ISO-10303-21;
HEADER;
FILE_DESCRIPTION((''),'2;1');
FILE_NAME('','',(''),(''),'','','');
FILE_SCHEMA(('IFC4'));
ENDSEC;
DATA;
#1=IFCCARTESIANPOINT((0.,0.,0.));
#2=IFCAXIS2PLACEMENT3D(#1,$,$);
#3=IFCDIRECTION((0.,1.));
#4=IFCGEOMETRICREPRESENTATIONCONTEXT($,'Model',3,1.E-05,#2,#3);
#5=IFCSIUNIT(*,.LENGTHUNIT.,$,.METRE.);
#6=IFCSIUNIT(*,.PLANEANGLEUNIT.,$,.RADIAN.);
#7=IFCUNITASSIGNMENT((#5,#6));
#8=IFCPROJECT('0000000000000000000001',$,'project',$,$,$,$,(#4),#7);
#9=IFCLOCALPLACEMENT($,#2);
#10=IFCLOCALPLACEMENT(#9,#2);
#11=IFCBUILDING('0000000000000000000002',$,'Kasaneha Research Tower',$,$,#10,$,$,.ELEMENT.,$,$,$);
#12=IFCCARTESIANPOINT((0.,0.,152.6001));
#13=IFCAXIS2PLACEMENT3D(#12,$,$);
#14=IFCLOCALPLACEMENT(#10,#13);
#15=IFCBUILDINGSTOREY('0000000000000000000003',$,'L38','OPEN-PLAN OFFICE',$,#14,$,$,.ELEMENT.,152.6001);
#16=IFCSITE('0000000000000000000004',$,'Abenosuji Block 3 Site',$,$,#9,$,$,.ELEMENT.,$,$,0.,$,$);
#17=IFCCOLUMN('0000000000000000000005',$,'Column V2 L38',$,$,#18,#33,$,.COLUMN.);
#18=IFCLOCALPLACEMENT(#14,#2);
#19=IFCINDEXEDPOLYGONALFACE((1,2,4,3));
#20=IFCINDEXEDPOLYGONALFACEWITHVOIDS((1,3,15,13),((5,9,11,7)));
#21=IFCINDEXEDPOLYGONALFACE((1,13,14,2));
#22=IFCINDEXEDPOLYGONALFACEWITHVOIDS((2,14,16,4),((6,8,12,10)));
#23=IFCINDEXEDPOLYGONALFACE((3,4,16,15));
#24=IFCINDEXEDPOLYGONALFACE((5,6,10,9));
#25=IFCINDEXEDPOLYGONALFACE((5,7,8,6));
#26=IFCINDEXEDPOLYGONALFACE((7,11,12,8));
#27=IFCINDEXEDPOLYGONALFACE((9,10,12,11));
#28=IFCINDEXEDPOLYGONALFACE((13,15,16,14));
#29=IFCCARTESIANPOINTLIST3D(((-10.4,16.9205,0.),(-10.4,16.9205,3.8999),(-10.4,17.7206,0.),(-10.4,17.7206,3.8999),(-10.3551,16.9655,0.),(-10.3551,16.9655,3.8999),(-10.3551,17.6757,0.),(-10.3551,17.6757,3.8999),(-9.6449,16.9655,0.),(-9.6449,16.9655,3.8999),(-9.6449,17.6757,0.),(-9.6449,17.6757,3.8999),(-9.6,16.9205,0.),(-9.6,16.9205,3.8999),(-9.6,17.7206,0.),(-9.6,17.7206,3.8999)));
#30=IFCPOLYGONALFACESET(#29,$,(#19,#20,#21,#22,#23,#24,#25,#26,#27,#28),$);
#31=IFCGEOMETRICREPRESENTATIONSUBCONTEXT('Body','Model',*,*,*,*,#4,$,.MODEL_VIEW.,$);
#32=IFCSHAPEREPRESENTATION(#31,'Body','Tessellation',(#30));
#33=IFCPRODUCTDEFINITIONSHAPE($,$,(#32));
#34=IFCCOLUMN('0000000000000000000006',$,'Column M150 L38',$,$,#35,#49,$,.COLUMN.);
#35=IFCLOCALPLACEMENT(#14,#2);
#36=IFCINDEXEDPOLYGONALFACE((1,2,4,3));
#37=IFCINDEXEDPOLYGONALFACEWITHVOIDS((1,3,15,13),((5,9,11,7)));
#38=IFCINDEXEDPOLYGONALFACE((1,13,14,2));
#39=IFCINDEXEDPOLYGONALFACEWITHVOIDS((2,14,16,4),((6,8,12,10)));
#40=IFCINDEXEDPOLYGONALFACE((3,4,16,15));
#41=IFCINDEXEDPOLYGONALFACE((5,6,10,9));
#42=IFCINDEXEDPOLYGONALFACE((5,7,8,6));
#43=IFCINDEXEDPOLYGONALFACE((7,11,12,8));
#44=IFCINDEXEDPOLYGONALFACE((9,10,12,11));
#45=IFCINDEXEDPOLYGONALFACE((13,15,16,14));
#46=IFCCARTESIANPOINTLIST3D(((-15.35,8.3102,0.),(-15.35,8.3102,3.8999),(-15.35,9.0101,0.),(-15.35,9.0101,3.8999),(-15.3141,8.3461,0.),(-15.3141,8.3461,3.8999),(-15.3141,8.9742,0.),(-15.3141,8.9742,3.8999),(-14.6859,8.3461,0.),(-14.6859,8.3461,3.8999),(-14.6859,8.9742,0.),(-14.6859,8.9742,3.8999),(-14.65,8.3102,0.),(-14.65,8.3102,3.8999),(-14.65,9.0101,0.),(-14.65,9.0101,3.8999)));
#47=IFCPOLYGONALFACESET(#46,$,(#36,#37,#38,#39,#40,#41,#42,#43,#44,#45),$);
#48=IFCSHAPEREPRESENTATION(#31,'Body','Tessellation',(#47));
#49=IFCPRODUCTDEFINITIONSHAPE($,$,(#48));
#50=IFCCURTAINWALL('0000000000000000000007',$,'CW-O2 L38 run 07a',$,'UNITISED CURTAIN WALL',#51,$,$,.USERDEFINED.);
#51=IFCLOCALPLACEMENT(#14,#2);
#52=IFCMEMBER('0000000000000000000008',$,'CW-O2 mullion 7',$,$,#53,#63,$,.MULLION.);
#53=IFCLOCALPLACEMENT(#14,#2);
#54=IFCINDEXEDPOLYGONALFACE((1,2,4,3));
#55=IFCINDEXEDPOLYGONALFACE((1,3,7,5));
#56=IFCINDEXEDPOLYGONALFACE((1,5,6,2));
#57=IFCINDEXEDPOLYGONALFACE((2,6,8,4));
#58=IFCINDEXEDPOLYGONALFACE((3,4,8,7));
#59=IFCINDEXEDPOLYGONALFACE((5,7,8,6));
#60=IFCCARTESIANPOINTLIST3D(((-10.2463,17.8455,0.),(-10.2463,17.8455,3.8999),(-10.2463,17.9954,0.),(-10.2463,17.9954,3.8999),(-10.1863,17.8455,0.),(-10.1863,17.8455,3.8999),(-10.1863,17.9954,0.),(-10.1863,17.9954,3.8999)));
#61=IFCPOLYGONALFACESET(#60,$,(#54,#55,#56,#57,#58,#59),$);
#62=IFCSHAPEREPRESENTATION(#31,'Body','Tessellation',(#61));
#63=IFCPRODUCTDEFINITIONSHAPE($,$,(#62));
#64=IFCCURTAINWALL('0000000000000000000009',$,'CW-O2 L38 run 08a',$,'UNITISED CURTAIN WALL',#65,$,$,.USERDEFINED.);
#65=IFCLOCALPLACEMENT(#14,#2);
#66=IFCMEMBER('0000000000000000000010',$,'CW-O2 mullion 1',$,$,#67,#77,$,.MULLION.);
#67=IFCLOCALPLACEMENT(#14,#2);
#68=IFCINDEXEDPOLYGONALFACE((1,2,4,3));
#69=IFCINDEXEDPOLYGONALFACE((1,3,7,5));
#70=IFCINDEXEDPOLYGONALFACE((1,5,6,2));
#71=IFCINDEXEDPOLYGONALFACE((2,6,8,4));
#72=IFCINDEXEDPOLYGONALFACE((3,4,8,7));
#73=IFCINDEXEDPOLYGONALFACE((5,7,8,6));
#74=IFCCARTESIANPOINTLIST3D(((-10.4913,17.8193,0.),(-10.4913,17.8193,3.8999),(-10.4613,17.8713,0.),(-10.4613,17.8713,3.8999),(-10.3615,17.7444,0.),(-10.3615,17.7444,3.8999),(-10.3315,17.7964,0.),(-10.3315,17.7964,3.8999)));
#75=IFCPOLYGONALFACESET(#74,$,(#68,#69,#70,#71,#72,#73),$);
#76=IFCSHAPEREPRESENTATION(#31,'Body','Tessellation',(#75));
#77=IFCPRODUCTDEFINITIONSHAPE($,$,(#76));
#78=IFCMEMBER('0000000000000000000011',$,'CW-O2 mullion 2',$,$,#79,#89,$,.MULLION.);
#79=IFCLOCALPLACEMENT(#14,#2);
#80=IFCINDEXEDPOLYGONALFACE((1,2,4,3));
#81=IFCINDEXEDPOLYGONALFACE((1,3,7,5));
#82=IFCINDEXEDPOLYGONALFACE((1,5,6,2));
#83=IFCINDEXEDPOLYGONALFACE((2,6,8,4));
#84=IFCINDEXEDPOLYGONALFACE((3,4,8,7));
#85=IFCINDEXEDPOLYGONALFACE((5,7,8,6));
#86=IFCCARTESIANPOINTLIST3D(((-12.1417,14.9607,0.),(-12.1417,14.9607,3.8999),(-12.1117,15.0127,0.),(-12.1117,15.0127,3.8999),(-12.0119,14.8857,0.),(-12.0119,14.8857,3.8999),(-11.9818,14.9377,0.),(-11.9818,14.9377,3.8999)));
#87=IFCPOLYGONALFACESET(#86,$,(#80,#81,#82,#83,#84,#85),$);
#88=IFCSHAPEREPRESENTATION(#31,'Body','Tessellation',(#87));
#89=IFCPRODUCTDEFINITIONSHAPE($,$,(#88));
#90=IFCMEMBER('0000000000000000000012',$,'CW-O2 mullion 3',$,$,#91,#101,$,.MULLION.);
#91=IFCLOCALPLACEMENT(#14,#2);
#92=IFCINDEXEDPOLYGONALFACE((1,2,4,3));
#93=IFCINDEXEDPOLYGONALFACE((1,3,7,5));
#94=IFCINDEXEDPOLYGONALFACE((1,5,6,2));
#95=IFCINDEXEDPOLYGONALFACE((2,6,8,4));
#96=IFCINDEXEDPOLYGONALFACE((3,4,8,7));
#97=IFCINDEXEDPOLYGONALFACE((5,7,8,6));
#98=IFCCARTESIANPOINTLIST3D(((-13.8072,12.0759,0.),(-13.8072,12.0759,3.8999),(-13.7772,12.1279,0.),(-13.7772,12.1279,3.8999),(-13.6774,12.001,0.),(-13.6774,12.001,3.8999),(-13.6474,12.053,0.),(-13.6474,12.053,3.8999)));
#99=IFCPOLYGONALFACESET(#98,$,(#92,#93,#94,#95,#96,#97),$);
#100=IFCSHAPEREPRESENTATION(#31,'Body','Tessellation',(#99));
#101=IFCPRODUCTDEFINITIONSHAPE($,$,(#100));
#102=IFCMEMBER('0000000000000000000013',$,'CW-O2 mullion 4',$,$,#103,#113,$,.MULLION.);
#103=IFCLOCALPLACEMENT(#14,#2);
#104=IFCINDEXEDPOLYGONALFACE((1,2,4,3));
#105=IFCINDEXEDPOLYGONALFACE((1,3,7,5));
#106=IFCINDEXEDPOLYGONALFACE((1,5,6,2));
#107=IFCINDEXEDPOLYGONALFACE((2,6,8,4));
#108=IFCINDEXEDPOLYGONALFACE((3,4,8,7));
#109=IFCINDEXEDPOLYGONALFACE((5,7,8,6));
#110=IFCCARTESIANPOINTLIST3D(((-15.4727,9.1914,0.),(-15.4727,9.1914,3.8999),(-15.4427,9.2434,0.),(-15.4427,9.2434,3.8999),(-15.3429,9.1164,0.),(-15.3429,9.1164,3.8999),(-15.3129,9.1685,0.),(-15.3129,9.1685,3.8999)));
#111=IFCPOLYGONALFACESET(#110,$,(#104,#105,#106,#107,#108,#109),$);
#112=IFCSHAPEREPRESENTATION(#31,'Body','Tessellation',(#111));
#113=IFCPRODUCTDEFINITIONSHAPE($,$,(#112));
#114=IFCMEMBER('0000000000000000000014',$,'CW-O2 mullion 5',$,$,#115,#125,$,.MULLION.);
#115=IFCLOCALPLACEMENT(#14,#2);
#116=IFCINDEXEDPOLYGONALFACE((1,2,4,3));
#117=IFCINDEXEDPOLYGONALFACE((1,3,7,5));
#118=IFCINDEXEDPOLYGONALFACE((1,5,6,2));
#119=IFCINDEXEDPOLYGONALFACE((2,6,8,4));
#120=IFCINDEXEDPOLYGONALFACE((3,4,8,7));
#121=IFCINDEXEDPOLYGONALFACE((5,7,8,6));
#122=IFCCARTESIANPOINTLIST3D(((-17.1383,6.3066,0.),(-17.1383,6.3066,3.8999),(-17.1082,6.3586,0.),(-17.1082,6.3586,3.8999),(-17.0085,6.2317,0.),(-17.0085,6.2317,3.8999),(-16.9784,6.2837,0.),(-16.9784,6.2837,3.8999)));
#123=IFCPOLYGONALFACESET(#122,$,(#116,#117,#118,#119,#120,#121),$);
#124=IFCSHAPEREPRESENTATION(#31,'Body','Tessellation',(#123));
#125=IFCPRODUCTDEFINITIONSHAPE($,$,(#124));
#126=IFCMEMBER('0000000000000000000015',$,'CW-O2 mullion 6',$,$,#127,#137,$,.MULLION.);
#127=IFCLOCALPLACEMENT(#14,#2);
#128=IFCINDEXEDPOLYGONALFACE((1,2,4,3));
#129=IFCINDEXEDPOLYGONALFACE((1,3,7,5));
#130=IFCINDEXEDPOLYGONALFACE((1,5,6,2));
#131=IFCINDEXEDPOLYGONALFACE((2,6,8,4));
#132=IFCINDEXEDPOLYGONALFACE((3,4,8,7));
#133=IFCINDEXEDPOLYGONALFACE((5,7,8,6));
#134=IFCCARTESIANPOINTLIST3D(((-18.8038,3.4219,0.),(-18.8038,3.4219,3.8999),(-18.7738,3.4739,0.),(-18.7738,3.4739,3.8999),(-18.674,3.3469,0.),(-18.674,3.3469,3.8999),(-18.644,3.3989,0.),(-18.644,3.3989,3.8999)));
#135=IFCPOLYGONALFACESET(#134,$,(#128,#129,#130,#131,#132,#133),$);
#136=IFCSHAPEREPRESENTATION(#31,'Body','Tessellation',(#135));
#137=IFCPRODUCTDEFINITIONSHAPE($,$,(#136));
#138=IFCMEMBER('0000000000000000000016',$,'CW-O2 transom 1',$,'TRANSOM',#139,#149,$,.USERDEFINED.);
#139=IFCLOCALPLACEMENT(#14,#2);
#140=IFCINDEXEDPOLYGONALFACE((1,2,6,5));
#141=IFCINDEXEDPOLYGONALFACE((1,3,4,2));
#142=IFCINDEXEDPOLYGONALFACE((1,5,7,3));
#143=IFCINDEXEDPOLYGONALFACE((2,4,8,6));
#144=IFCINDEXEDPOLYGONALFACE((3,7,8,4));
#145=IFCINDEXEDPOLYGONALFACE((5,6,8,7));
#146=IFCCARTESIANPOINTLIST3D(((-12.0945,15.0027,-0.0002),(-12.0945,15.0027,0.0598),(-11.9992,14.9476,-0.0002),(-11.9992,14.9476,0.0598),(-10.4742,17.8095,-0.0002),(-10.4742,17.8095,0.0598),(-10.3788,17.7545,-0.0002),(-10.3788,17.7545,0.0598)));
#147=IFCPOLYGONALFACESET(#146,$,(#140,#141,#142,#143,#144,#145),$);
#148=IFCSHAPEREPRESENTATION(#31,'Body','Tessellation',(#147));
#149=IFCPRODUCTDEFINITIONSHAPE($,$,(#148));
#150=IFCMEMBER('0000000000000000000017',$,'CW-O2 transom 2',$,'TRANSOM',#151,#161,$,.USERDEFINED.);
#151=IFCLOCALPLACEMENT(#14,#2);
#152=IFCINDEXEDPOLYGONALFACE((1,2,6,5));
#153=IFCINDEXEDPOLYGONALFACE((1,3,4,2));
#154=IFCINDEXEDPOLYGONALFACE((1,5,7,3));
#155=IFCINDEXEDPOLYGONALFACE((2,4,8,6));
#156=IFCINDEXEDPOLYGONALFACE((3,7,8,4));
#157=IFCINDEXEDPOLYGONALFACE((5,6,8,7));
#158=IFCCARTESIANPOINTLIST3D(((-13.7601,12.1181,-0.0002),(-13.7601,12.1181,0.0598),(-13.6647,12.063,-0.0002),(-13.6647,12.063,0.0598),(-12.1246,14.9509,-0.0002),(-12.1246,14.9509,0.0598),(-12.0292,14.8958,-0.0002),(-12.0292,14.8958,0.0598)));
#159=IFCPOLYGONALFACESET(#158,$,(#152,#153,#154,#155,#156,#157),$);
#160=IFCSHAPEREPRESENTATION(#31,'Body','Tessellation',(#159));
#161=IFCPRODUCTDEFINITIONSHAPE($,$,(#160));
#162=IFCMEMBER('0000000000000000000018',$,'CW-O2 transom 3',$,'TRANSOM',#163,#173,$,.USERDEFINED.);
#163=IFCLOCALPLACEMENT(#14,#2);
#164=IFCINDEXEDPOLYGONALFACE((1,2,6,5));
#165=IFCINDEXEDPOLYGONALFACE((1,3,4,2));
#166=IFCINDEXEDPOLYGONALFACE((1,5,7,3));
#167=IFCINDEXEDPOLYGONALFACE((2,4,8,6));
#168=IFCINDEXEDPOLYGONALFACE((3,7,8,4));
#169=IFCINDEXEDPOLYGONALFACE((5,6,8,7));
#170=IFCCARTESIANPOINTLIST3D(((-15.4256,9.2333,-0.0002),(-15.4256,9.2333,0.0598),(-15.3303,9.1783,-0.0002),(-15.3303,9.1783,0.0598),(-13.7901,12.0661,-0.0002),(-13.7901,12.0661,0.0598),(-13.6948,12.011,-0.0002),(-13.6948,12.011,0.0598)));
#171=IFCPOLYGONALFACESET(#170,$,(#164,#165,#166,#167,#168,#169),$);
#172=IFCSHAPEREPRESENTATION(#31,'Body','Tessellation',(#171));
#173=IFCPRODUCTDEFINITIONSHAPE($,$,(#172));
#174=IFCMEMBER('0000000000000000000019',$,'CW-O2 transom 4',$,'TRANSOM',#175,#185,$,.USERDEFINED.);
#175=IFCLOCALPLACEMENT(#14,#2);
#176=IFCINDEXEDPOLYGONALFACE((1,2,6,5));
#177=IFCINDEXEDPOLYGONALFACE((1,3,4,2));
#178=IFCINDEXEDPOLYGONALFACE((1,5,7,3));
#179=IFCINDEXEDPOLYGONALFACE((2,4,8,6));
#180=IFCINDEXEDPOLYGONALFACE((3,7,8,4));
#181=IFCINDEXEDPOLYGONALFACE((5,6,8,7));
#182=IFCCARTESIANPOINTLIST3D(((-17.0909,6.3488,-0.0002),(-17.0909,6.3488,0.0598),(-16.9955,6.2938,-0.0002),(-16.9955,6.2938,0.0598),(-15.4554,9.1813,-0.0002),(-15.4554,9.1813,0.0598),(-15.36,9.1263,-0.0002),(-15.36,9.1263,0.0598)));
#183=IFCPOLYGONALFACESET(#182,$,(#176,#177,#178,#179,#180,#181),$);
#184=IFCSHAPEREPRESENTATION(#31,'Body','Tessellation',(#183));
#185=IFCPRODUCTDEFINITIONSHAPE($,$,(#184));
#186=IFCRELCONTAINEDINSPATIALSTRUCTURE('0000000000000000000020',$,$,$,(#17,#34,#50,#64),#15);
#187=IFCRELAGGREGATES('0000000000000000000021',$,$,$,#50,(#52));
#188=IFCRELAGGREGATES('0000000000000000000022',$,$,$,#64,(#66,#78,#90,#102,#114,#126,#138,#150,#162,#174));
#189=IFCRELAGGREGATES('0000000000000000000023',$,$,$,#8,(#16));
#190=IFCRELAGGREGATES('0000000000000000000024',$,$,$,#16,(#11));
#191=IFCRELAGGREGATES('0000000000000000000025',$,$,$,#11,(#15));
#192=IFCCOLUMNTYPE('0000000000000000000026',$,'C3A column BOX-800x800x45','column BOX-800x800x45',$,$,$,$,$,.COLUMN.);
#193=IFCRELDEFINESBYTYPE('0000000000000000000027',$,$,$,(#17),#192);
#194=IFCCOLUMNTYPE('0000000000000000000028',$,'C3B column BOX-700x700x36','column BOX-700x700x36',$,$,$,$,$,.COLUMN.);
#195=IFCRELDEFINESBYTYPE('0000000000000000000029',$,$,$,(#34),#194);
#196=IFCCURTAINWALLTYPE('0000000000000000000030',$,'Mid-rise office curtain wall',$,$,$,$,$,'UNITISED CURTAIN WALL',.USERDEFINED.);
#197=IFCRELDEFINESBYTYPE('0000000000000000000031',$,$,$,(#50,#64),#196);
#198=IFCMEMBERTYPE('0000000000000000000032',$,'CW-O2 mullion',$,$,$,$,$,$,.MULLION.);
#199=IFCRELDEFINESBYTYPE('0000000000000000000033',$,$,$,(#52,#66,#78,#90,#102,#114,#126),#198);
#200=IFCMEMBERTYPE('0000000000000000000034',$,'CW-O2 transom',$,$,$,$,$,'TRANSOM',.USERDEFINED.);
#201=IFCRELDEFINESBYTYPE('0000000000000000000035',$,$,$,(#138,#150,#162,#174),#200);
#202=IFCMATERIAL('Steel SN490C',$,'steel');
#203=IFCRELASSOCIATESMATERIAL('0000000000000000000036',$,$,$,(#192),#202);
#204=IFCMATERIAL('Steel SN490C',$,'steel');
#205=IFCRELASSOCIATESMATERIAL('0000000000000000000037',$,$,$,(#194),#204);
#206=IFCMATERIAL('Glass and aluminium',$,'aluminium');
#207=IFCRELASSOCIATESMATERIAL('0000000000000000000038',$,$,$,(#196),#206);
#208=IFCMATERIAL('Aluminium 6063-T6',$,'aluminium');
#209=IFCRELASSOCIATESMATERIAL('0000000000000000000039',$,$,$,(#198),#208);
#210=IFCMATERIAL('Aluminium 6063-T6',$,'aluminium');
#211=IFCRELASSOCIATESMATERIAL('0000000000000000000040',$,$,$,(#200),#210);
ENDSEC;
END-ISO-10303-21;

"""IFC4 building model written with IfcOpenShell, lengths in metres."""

from ifc_helpers import new_model, si_unit, direction, frame, origin, origin_2d, place, context, subcontext, project, spatial, rectangle, hollow_rectangle, extrude, material, material_profile, profile_set, type_object, element, aggregate, save


model = new_model("IFC4")

# Units and contexts
model_context = context("Model", 3, precision=1e-05, world=origin(), true_north=direction((0.0, 1.0)))
body_context = subcontext(model_context, "Body", "Model", "MODEL_VIEW")
ifc_project = project(units=[si_unit("LENGTHUNIT", "METRE"), si_unit("PLANEANGLEUNIT", "RADIAN")], contexts=[model_context])

# Site, building, storey
site_placement = place(None, origin())
site = spatial("IfcSite", under=ifc_project, at=site_placement, Name="Abenosuji Block 3 Site", CompositionType="ELEMENT", RefElevation=0.0)
building_placement = place(site_placement, origin())
building = spatial("IfcBuilding", under=site, at=building_placement, Name="Kasaneha Research Tower", CompositionType="ELEMENT")
storey_placement = place(building_placement, frame((0.0, 0.0, 152.6001)))
storey = spatial("IfcBuildingStorey", under=building, at=storey_placement, Name="L38", Description="OPEN-PLAN OFFICE", CompositionType="ELEMENT", Elevation=152.6001)

# Columns
ifc_material_1 = material(Name="Steel SN490C", Category="steel")
ifc_material_profile_1 = material_profile(ifc_material_1, hollow_rectangle(XDim=0.8, YDim=0.8, WallThickness=0.0449, at=origin_2d()), Name="BOX-800x800x45")
ifc_profile_set_1 = profile_set([ifc_material_profile_1], Name="Steel SN490C")
column_type_1 = type_object("IfcColumnType", Name="C3A column BOX-800x800x45", Description="column BOX-800x800x45", PredefinedType="COLUMN", material=ifc_profile_set_1)
column_1_placement = place(storey_placement, frame((-10.0, 17.3206, 0.0), z_axis=(0.0, 0.0, 1.0), x_axis=(1.0, 0.0, 0.0)))
element("IfcColumn", 1, at=column_1_placement, inside=storey, type_object=column_type_1, Name="Column V2 L38", PredefinedType="COLUMN", context=body_context, shape_type="SweptSolid", body=[
    extrude(hollow_rectangle(XDim=0.8, YDim=0.8, WallThickness=0.0449, at=origin_2d()), origin(), (0.0, 0.0, 1.0), 3.8999),
])
ifc_material_2 = material(Name="Steel SN490C", Category="steel")
ifc_material_profile_2 = material_profile(ifc_material_2, hollow_rectangle(XDim=0.7, YDim=0.7, WallThickness=0.0359, at=origin_2d()), Name="BOX-700x700x36")
ifc_profile_set_2 = profile_set([ifc_material_profile_2], Name="Steel SN490C")
column_type_2 = type_object("IfcColumnType", Name="C3B column BOX-700x700x36", Description="column BOX-700x700x36", PredefinedType="COLUMN", material=ifc_profile_set_2)
column_2_placement = place(storey_placement, frame((-15.0, 8.6602, 0.0), z_axis=(0.0, 0.0, 1.0), x_axis=(1.0, 0.0, 0.0)))
element("IfcColumn", 2, at=column_2_placement, inside=storey, type_object=column_type_2, Name="Column M150 L38", PredefinedType="COLUMN", context=body_context, shape_type="SweptSolid", body=[
    extrude(hollow_rectangle(XDim=0.7, YDim=0.7, WallThickness=0.0359, at=origin_2d()), origin(), (0.0, 0.0, 1.0), 3.8999),
])

# Curtain wall, member
ifc_material_3 = material(Name="Glass and aluminium", Category="aluminium")
curtain_wall_type = type_object("IfcCurtainWallType", Name="Mid-rise office curtain wall", ElementType="UNITISED CURTAIN WALL", PredefinedType="USERDEFINED", material=ifc_material_3)
curtain_wall_1_placement = place(storey_placement, origin())
curtain_wall_1 = element("IfcCurtainWall", 3, at=curtain_wall_1_placement, inside=storey, type_object=curtain_wall_type, Name="CW-O2 L38 run 07a", ObjectType="UNITISED CURTAIN WALL", PredefinedType="USERDEFINED")
ifc_material_4 = material(Name="Aluminium 6063-T6", Category="aluminium")
ifc_material_profile_3 = material_profile(ifc_material_4, rectangle(XDim=0.0601, YDim=0.1499, at=origin_2d()), Name="CW-O2 mullion 60x150")
ifc_profile_set_3 = profile_set([ifc_material_profile_3], Name="Aluminium 6063-T6")
member_type_1 = type_object("IfcMemberType", Name="CW-O2 mullion", PredefinedType="MULLION", material=ifc_profile_set_3)
member_1_placement = place(storey_placement, frame((-10.2163, 17.9204, 0.0), z_axis=(0.0, 0.0, 1.0), x_axis=(-1.0, 0.0, 0.0)))
member_1 = element("IfcMember", 4, at=member_1_placement, type_object=member_type_1, Name="CW-O2 mullion 7", PredefinedType="MULLION", context=body_context, shape_type="SweptSolid", body=[
    extrude(rectangle(XDim=0.0601, YDim=0.1499, at=origin_2d()), origin(), (0.0, 0.0, 1.0), 3.8999),
])
aggregate(curtain_wall_1, [member_1])

# Curtain wall, members
curtain_wall_2_placement = place(storey_placement, origin())
curtain_wall_2 = element("IfcCurtainWall", 5, at=curtain_wall_2_placement, inside=storey, type_object=curtain_wall_type, Name="CW-O2 L38 run 08a", ObjectType="UNITISED CURTAIN WALL", PredefinedType="USERDEFINED")
member_2_placement = place(storey_placement, frame((-10.4114, 17.8079, 0.0), z_axis=(0.0, 0.0, 1.0), x_axis=(-0.5, -0.866025, 0.0)))
member_2 = element("IfcMember", 6, at=member_2_placement, type_object=member_type_1, Name="CW-O2 mullion 1", PredefinedType="MULLION", context=body_context, shape_type="SweptSolid", body=[
    extrude(rectangle(XDim=0.0601, YDim=0.1499, at=origin_2d()), origin(), (0.0, 0.0, 1.0), 3.8999),
])
member_3_placement = place(storey_placement, frame((-12.0618, 14.9492, 0.0), z_axis=(0.0, 0.0, 1.0), x_axis=(-0.5, -0.866025, 0.0)))
member_3 = element("IfcMember", 7, at=member_3_placement, type_object=member_type_1, Name="CW-O2 mullion 2", PredefinedType="MULLION", context=body_context, shape_type="SweptSolid", body=[
    extrude(rectangle(XDim=0.0601, YDim=0.1499, at=origin_2d()), origin(), (0.0, 0.0, 1.0), 3.8999),
])
member_4_placement = place(storey_placement, frame((-13.7273, 12.0645, 0.0), z_axis=(0.0, 0.0, 1.0), x_axis=(-0.5, -0.866025, 0.0)))
member_4 = element("IfcMember", 8, at=member_4_placement, type_object=member_type_1, Name="CW-O2 mullion 3", PredefinedType="MULLION", context=body_context, shape_type="SweptSolid", body=[
    extrude(rectangle(XDim=0.0601, YDim=0.1499, at=origin_2d()), origin(), (0.0, 0.0, 1.0), 3.8999),
])
member_5_placement = place(storey_placement, frame((-15.3928, 9.1799, 0.0), z_axis=(0.0, 0.0, 1.0), x_axis=(-0.5, -0.866025, 0.0)))
member_5 = element("IfcMember", 9, at=member_5_placement, type_object=member_type_1, Name="CW-O2 mullion 4", PredefinedType="MULLION", context=body_context, shape_type="SweptSolid", body=[
    extrude(rectangle(XDim=0.0601, YDim=0.1499, at=origin_2d()), origin(), (0.0, 0.0, 1.0), 3.8999),
])
member_6_placement = place(storey_placement, frame((-17.0583, 6.2952, 0.0), z_axis=(0.0, 0.0, 1.0), x_axis=(-0.5, -0.866025, 0.0)))
member_6 = element("IfcMember", 10, at=member_6_placement, type_object=member_type_1, Name="CW-O2 mullion 5", PredefinedType="MULLION", context=body_context, shape_type="SweptSolid", body=[
    extrude(rectangle(XDim=0.0601, YDim=0.1499, at=origin_2d()), origin(), (0.0, 0.0, 1.0), 3.8999),
])
member_7_placement = place(storey_placement, frame((-18.7239, 3.4104, 0.0), z_axis=(0.0, 0.0, 1.0), x_axis=(-0.5, -0.866025, 0.0)))
member_7 = element("IfcMember", 11, at=member_7_placement, type_object=member_type_1, Name="CW-O2 mullion 6", PredefinedType="MULLION", context=body_context, shape_type="SweptSolid", body=[
    extrude(rectangle(XDim=0.0601, YDim=0.1499, at=origin_2d()), origin(), (0.0, 0.0, 1.0), 3.8999),
])
ifc_material_5 = material(Name="Aluminium 6063-T6", Category="aluminium")
ifc_material_profile_4 = material_profile(ifc_material_5, rectangle(XDim=0.1101, YDim=0.0601, at=origin_2d()), Name="CW-O2 transom 110x60")
ifc_profile_set_4 = profile_set([ifc_material_profile_4], Name="Aluminium 6063-T6")
member_type_2 = type_object("IfcMemberType", Name="CW-O2 transom", ElementType="TRANSOM", PredefinedType="USERDEFINED", material=ifc_profile_set_4)
member_8_placement = place(storey_placement, frame((-10.4265, 17.782, 0.0298), z_axis=(-0.499955, -0.866051, 0.0), x_axis=(0.866051, -0.499955, 0.0)))
member_8 = element("IfcMember", 12, at=member_8_placement, type_object=member_type_2, Name="CW-O2 transom 1", ObjectType="TRANSOM", PredefinedType="USERDEFINED", context=body_context, shape_type="SweptSolid", body=[
    extrude(rectangle(XDim=0.1101, YDim=0.0601, at=origin_2d()), origin(), (0.0, 0.0, 1.0), 3.241),
])
member_9_placement = place(storey_placement, frame((-12.0769, 14.9233, 0.0298), z_axis=(-0.5, -0.866025, 0.0), x_axis=(0.866025, -0.5, 0.0)))
member_9 = element("IfcMember", 13, at=member_9_placement, type_object=member_type_2, Name="CW-O2 transom 2", ObjectType="TRANSOM", PredefinedType="USERDEFINED", context=body_context, shape_type="SweptSolid", body=[
    extrude(rectangle(XDim=0.1101, YDim=0.0601, at=origin_2d()), origin(), (0.0, 0.0, 1.0), 3.271),
])
member_10_placement = place(storey_placement, frame((-13.7424, 12.0386, 0.0298), z_axis=(-0.5, -0.866025, 0.0), x_axis=(0.866025, -0.5, 0.0)))
member_10 = element("IfcMember", 14, at=member_10_placement, type_object=member_type_2, Name="CW-O2 transom 3", ObjectType="TRANSOM", PredefinedType="USERDEFINED", context=body_context, shape_type="SweptSolid", body=[
    extrude(rectangle(XDim=0.1101, YDim=0.0601, at=origin_2d()), origin(), (0.0, 0.0, 1.0), 3.271),
])
member_11_placement = place(storey_placement, frame((-15.4077, 9.1538, 0.0298), z_axis=(-0.500033, -0.866007, 0.0), x_axis=(0.866007, -0.500033, 0.0)))
member_11 = element("IfcMember", 15, at=member_11_placement, type_object=member_type_2, Name="CW-O2 transom 4", ObjectType="TRANSOM", PredefinedType="USERDEFINED", context=body_context, shape_type="SweptSolid", body=[
    extrude(rectangle(XDim=0.1101, YDim=0.0601, at=origin_2d()), origin(), (0.0, 0.0, 1.0), 3.2708),
])
aggregate(curtain_wall_2, [member_2, member_3, member_4, member_5, member_6, member_7, member_8, member_9, member_10, member_11])

save(model, "model.ifc")
